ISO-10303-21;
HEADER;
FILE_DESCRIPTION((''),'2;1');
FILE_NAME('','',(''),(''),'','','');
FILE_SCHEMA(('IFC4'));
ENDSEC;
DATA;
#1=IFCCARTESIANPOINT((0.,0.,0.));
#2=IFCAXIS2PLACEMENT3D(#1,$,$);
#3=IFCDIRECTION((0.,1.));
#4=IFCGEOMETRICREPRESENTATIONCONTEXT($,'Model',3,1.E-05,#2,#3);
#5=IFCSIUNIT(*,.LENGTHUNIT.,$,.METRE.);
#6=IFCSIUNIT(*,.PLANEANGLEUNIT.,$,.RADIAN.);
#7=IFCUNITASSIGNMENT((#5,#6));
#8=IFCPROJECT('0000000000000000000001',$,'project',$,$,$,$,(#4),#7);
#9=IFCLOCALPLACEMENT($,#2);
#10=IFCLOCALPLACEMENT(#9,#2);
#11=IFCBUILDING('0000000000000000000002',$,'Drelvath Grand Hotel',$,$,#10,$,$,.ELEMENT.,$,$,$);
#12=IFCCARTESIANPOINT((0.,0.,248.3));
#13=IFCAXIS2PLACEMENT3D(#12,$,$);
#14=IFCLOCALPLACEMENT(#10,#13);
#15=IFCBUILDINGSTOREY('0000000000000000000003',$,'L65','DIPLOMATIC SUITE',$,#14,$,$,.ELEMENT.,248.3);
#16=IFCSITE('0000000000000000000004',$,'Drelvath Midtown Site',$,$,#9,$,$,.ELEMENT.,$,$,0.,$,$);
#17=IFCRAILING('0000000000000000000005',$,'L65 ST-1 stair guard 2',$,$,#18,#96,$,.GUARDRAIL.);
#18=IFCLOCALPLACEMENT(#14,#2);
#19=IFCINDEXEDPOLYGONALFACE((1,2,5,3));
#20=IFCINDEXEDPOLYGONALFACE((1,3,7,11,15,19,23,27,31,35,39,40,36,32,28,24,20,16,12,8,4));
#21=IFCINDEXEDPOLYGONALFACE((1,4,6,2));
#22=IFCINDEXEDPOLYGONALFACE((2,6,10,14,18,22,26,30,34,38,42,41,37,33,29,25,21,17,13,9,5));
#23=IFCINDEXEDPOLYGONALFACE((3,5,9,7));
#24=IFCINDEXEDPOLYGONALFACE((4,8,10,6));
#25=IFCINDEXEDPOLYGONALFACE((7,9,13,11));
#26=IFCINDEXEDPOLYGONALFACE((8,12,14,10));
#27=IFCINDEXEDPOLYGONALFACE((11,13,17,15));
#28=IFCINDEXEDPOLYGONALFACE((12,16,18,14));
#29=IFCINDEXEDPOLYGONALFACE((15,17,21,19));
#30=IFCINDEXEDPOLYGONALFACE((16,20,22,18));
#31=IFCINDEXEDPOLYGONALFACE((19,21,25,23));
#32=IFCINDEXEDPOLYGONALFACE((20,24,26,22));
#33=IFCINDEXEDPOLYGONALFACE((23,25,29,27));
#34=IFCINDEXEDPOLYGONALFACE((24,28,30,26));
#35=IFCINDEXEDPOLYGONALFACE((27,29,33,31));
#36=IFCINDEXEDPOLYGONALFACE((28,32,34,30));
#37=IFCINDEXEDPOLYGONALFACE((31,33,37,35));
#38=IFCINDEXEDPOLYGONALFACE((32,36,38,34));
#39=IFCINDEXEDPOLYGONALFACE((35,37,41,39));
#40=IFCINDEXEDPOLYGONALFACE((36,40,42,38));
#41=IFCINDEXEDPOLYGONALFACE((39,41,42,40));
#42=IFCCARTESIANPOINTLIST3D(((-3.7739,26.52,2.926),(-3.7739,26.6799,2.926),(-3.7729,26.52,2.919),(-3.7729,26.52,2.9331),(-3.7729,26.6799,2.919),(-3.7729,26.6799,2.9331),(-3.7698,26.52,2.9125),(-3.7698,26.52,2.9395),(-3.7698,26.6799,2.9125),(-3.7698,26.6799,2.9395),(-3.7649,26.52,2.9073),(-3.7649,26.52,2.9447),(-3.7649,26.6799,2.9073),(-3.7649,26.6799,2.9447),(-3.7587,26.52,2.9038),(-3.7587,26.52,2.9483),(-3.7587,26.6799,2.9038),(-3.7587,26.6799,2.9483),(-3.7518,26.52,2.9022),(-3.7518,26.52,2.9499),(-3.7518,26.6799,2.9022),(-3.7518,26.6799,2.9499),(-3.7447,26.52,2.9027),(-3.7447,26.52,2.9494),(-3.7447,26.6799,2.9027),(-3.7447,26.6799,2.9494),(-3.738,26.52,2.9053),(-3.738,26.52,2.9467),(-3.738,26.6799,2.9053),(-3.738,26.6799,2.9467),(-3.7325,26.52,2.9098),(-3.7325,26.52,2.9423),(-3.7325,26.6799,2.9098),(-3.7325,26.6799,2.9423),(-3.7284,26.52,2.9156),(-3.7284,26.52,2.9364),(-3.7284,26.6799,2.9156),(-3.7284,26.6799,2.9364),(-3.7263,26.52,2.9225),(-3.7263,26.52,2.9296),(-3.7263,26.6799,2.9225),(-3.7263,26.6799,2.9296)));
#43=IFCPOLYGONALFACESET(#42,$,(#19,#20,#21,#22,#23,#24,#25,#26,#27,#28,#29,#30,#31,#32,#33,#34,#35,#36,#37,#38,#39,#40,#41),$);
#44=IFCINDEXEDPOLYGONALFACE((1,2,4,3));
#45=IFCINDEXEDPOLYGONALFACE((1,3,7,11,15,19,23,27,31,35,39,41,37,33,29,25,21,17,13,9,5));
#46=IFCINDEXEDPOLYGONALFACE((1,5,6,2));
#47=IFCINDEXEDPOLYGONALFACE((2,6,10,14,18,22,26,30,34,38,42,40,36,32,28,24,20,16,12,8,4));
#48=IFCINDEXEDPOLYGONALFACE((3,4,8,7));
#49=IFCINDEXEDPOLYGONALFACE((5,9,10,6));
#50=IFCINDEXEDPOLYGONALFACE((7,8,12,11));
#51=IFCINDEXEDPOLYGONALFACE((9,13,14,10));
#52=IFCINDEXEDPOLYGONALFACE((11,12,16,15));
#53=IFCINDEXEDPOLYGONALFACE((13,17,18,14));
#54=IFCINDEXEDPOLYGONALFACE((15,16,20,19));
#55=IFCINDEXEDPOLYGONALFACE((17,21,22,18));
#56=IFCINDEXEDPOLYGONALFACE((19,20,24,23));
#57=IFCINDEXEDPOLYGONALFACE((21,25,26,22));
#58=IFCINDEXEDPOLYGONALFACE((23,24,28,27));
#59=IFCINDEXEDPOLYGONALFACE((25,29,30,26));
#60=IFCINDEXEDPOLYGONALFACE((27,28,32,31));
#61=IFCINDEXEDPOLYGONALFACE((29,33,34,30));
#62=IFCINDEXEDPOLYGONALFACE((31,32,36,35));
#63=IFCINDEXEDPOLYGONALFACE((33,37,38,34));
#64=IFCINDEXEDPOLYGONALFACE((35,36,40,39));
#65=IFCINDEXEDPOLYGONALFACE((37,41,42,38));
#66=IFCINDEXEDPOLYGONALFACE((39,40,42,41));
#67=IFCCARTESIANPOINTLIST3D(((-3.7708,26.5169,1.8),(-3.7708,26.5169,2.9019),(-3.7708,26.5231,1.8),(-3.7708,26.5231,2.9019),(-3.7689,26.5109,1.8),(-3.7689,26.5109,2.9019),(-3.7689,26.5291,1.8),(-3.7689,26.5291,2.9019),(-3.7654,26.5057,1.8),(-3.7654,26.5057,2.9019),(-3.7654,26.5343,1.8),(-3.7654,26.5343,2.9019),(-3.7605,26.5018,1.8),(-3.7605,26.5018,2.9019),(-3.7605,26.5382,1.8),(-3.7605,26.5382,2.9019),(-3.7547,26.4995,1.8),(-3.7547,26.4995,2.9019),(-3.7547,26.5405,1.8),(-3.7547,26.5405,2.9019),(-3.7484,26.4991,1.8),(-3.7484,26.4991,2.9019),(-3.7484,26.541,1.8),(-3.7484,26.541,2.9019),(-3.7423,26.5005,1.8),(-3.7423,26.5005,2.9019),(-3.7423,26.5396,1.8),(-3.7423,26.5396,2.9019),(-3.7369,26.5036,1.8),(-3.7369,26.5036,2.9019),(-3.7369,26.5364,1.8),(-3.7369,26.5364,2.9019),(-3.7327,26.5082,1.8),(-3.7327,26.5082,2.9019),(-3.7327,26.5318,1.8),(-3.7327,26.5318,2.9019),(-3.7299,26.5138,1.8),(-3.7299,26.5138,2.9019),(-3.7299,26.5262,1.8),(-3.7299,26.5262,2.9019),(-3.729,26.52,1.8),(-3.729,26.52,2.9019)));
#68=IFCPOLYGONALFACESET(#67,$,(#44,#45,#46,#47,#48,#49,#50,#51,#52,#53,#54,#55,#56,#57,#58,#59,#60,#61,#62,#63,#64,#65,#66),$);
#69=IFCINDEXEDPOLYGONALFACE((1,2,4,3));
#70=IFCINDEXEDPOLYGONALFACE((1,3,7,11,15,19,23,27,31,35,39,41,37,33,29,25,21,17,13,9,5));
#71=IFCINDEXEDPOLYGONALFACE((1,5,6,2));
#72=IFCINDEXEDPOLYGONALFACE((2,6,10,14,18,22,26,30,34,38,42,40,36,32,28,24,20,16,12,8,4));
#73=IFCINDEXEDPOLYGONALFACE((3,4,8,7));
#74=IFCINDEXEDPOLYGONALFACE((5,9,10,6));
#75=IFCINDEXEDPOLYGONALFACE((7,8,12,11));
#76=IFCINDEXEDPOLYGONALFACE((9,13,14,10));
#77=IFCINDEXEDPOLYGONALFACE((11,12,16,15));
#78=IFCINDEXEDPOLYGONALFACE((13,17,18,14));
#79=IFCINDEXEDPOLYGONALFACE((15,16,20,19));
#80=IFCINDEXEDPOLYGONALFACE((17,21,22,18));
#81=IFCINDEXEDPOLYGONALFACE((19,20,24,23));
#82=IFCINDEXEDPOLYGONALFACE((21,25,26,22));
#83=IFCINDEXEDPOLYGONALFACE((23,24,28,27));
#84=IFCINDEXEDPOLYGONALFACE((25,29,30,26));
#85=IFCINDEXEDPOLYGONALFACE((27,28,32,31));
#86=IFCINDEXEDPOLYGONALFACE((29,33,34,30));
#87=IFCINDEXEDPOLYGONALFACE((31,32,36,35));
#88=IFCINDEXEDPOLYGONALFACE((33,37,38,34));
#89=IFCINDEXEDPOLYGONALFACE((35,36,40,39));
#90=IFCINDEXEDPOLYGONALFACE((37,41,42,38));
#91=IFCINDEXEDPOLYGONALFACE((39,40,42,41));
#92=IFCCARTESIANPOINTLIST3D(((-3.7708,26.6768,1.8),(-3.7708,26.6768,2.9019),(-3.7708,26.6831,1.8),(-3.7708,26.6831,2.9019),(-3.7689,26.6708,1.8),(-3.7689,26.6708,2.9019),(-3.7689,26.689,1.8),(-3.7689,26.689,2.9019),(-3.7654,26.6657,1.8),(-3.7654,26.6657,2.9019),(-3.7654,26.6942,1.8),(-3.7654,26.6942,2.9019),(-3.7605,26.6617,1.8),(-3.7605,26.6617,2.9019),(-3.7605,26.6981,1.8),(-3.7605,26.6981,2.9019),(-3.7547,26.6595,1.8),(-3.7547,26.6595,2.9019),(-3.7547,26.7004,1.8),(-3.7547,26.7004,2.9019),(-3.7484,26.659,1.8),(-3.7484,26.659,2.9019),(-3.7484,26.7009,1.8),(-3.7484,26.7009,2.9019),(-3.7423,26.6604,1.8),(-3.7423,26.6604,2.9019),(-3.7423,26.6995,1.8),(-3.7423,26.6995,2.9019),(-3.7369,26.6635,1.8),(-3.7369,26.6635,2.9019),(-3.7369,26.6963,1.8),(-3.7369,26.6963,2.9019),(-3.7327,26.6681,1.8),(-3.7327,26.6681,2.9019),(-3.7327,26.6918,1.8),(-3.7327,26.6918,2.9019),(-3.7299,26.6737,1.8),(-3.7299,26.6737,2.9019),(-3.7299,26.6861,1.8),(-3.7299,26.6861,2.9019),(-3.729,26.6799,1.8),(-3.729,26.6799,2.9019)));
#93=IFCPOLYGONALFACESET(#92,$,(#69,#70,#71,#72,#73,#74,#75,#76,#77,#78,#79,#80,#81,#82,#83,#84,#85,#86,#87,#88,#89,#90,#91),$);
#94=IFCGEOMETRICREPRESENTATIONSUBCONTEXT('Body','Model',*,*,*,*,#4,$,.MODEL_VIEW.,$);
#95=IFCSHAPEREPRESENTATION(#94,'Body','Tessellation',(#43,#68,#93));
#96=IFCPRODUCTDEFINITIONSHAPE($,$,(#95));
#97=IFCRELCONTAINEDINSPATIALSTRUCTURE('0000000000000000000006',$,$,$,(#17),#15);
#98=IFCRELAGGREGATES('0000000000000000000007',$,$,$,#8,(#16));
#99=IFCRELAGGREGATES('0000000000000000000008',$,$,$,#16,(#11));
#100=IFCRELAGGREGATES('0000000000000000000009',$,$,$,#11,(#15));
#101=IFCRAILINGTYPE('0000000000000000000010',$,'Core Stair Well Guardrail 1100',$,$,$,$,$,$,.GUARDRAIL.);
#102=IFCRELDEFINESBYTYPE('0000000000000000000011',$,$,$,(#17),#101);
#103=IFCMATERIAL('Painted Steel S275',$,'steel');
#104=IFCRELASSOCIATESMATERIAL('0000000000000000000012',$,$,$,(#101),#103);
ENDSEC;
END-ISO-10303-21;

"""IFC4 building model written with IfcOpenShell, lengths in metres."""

from ifc_helpers import new_model, si_unit, direction, frame, origin, origin_2d, place, context, subcontext, project, spatial, circle, extrude, material, type_object, element, save


model = new_model("IFC4")

# Units and contexts
model_context = context("Model", 3, precision=1e-05, world=origin(), true_north=direction((0.0, 1.0)))
body_context = subcontext(model_context, "Body", "Model", "MODEL_VIEW")
ifc_project = project(units=[si_unit("LENGTHUNIT", "METRE"), si_unit("PLANEANGLEUNIT", "RADIAN")], contexts=[model_context])

# Site, building, storey
site_placement = place(None, origin())
site = spatial("IfcSite", under=ifc_project, at=site_placement, Name="Drelvath Midtown Site", CompositionType="ELEMENT", RefElevation=0.0)
building_placement = place(site_placement, origin())
building = spatial("IfcBuilding", under=site, at=building_placement, Name="Drelvath Grand Hotel", CompositionType="ELEMENT")
storey_placement = place(building_placement, frame((0.0, 0.0, 248.3)))
storey = spatial("IfcBuildingStorey", under=building, at=storey_placement, Name="L65", Description="DIPLOMATIC SUITE", CompositionType="ELEMENT", Elevation=248.3)

# Shared definitions
ifc_material_1 = material(Name="Painted Steel S275", Category="steel")

# Railing
railing_type_1 = type_object("IfcRailingType", Name="Core Stair Well Guardrail 1100", PredefinedType="GUARDRAIL", material=ifc_material_1)
railing_1_placement = place(storey_placement, frame((-3.75, 26.52, 1.8)))
element("IfcRailing", 1, at=railing_1_placement, inside=storey, type_object=railing_type_1, Name="L65 ST-1 stair guard 2", PredefinedType="GUARDRAIL", context=body_context, shape_type="SweptSolid", body=[
    extrude(circle(Radius=0.0239, at=origin_2d()), frame((0.0, 0.0, 1.126), z_axis=(0.0, 1.0, 0.0), x_axis=(-1.0, 0.0, 0.0)), (0.0, 0.0, 1.0), 0.1599),
    extrude(circle(Radius=0.021, at=origin_2d()), origin(), (0.0, 0.0, 1.0), 1.1018),
    extrude(circle(Radius=0.021, at=origin_2d()), frame((0.0, 0.1599, 0.0)), (0.0, 0.0, 1.0), 1.1018),
])

save(model, "model.ifc")
